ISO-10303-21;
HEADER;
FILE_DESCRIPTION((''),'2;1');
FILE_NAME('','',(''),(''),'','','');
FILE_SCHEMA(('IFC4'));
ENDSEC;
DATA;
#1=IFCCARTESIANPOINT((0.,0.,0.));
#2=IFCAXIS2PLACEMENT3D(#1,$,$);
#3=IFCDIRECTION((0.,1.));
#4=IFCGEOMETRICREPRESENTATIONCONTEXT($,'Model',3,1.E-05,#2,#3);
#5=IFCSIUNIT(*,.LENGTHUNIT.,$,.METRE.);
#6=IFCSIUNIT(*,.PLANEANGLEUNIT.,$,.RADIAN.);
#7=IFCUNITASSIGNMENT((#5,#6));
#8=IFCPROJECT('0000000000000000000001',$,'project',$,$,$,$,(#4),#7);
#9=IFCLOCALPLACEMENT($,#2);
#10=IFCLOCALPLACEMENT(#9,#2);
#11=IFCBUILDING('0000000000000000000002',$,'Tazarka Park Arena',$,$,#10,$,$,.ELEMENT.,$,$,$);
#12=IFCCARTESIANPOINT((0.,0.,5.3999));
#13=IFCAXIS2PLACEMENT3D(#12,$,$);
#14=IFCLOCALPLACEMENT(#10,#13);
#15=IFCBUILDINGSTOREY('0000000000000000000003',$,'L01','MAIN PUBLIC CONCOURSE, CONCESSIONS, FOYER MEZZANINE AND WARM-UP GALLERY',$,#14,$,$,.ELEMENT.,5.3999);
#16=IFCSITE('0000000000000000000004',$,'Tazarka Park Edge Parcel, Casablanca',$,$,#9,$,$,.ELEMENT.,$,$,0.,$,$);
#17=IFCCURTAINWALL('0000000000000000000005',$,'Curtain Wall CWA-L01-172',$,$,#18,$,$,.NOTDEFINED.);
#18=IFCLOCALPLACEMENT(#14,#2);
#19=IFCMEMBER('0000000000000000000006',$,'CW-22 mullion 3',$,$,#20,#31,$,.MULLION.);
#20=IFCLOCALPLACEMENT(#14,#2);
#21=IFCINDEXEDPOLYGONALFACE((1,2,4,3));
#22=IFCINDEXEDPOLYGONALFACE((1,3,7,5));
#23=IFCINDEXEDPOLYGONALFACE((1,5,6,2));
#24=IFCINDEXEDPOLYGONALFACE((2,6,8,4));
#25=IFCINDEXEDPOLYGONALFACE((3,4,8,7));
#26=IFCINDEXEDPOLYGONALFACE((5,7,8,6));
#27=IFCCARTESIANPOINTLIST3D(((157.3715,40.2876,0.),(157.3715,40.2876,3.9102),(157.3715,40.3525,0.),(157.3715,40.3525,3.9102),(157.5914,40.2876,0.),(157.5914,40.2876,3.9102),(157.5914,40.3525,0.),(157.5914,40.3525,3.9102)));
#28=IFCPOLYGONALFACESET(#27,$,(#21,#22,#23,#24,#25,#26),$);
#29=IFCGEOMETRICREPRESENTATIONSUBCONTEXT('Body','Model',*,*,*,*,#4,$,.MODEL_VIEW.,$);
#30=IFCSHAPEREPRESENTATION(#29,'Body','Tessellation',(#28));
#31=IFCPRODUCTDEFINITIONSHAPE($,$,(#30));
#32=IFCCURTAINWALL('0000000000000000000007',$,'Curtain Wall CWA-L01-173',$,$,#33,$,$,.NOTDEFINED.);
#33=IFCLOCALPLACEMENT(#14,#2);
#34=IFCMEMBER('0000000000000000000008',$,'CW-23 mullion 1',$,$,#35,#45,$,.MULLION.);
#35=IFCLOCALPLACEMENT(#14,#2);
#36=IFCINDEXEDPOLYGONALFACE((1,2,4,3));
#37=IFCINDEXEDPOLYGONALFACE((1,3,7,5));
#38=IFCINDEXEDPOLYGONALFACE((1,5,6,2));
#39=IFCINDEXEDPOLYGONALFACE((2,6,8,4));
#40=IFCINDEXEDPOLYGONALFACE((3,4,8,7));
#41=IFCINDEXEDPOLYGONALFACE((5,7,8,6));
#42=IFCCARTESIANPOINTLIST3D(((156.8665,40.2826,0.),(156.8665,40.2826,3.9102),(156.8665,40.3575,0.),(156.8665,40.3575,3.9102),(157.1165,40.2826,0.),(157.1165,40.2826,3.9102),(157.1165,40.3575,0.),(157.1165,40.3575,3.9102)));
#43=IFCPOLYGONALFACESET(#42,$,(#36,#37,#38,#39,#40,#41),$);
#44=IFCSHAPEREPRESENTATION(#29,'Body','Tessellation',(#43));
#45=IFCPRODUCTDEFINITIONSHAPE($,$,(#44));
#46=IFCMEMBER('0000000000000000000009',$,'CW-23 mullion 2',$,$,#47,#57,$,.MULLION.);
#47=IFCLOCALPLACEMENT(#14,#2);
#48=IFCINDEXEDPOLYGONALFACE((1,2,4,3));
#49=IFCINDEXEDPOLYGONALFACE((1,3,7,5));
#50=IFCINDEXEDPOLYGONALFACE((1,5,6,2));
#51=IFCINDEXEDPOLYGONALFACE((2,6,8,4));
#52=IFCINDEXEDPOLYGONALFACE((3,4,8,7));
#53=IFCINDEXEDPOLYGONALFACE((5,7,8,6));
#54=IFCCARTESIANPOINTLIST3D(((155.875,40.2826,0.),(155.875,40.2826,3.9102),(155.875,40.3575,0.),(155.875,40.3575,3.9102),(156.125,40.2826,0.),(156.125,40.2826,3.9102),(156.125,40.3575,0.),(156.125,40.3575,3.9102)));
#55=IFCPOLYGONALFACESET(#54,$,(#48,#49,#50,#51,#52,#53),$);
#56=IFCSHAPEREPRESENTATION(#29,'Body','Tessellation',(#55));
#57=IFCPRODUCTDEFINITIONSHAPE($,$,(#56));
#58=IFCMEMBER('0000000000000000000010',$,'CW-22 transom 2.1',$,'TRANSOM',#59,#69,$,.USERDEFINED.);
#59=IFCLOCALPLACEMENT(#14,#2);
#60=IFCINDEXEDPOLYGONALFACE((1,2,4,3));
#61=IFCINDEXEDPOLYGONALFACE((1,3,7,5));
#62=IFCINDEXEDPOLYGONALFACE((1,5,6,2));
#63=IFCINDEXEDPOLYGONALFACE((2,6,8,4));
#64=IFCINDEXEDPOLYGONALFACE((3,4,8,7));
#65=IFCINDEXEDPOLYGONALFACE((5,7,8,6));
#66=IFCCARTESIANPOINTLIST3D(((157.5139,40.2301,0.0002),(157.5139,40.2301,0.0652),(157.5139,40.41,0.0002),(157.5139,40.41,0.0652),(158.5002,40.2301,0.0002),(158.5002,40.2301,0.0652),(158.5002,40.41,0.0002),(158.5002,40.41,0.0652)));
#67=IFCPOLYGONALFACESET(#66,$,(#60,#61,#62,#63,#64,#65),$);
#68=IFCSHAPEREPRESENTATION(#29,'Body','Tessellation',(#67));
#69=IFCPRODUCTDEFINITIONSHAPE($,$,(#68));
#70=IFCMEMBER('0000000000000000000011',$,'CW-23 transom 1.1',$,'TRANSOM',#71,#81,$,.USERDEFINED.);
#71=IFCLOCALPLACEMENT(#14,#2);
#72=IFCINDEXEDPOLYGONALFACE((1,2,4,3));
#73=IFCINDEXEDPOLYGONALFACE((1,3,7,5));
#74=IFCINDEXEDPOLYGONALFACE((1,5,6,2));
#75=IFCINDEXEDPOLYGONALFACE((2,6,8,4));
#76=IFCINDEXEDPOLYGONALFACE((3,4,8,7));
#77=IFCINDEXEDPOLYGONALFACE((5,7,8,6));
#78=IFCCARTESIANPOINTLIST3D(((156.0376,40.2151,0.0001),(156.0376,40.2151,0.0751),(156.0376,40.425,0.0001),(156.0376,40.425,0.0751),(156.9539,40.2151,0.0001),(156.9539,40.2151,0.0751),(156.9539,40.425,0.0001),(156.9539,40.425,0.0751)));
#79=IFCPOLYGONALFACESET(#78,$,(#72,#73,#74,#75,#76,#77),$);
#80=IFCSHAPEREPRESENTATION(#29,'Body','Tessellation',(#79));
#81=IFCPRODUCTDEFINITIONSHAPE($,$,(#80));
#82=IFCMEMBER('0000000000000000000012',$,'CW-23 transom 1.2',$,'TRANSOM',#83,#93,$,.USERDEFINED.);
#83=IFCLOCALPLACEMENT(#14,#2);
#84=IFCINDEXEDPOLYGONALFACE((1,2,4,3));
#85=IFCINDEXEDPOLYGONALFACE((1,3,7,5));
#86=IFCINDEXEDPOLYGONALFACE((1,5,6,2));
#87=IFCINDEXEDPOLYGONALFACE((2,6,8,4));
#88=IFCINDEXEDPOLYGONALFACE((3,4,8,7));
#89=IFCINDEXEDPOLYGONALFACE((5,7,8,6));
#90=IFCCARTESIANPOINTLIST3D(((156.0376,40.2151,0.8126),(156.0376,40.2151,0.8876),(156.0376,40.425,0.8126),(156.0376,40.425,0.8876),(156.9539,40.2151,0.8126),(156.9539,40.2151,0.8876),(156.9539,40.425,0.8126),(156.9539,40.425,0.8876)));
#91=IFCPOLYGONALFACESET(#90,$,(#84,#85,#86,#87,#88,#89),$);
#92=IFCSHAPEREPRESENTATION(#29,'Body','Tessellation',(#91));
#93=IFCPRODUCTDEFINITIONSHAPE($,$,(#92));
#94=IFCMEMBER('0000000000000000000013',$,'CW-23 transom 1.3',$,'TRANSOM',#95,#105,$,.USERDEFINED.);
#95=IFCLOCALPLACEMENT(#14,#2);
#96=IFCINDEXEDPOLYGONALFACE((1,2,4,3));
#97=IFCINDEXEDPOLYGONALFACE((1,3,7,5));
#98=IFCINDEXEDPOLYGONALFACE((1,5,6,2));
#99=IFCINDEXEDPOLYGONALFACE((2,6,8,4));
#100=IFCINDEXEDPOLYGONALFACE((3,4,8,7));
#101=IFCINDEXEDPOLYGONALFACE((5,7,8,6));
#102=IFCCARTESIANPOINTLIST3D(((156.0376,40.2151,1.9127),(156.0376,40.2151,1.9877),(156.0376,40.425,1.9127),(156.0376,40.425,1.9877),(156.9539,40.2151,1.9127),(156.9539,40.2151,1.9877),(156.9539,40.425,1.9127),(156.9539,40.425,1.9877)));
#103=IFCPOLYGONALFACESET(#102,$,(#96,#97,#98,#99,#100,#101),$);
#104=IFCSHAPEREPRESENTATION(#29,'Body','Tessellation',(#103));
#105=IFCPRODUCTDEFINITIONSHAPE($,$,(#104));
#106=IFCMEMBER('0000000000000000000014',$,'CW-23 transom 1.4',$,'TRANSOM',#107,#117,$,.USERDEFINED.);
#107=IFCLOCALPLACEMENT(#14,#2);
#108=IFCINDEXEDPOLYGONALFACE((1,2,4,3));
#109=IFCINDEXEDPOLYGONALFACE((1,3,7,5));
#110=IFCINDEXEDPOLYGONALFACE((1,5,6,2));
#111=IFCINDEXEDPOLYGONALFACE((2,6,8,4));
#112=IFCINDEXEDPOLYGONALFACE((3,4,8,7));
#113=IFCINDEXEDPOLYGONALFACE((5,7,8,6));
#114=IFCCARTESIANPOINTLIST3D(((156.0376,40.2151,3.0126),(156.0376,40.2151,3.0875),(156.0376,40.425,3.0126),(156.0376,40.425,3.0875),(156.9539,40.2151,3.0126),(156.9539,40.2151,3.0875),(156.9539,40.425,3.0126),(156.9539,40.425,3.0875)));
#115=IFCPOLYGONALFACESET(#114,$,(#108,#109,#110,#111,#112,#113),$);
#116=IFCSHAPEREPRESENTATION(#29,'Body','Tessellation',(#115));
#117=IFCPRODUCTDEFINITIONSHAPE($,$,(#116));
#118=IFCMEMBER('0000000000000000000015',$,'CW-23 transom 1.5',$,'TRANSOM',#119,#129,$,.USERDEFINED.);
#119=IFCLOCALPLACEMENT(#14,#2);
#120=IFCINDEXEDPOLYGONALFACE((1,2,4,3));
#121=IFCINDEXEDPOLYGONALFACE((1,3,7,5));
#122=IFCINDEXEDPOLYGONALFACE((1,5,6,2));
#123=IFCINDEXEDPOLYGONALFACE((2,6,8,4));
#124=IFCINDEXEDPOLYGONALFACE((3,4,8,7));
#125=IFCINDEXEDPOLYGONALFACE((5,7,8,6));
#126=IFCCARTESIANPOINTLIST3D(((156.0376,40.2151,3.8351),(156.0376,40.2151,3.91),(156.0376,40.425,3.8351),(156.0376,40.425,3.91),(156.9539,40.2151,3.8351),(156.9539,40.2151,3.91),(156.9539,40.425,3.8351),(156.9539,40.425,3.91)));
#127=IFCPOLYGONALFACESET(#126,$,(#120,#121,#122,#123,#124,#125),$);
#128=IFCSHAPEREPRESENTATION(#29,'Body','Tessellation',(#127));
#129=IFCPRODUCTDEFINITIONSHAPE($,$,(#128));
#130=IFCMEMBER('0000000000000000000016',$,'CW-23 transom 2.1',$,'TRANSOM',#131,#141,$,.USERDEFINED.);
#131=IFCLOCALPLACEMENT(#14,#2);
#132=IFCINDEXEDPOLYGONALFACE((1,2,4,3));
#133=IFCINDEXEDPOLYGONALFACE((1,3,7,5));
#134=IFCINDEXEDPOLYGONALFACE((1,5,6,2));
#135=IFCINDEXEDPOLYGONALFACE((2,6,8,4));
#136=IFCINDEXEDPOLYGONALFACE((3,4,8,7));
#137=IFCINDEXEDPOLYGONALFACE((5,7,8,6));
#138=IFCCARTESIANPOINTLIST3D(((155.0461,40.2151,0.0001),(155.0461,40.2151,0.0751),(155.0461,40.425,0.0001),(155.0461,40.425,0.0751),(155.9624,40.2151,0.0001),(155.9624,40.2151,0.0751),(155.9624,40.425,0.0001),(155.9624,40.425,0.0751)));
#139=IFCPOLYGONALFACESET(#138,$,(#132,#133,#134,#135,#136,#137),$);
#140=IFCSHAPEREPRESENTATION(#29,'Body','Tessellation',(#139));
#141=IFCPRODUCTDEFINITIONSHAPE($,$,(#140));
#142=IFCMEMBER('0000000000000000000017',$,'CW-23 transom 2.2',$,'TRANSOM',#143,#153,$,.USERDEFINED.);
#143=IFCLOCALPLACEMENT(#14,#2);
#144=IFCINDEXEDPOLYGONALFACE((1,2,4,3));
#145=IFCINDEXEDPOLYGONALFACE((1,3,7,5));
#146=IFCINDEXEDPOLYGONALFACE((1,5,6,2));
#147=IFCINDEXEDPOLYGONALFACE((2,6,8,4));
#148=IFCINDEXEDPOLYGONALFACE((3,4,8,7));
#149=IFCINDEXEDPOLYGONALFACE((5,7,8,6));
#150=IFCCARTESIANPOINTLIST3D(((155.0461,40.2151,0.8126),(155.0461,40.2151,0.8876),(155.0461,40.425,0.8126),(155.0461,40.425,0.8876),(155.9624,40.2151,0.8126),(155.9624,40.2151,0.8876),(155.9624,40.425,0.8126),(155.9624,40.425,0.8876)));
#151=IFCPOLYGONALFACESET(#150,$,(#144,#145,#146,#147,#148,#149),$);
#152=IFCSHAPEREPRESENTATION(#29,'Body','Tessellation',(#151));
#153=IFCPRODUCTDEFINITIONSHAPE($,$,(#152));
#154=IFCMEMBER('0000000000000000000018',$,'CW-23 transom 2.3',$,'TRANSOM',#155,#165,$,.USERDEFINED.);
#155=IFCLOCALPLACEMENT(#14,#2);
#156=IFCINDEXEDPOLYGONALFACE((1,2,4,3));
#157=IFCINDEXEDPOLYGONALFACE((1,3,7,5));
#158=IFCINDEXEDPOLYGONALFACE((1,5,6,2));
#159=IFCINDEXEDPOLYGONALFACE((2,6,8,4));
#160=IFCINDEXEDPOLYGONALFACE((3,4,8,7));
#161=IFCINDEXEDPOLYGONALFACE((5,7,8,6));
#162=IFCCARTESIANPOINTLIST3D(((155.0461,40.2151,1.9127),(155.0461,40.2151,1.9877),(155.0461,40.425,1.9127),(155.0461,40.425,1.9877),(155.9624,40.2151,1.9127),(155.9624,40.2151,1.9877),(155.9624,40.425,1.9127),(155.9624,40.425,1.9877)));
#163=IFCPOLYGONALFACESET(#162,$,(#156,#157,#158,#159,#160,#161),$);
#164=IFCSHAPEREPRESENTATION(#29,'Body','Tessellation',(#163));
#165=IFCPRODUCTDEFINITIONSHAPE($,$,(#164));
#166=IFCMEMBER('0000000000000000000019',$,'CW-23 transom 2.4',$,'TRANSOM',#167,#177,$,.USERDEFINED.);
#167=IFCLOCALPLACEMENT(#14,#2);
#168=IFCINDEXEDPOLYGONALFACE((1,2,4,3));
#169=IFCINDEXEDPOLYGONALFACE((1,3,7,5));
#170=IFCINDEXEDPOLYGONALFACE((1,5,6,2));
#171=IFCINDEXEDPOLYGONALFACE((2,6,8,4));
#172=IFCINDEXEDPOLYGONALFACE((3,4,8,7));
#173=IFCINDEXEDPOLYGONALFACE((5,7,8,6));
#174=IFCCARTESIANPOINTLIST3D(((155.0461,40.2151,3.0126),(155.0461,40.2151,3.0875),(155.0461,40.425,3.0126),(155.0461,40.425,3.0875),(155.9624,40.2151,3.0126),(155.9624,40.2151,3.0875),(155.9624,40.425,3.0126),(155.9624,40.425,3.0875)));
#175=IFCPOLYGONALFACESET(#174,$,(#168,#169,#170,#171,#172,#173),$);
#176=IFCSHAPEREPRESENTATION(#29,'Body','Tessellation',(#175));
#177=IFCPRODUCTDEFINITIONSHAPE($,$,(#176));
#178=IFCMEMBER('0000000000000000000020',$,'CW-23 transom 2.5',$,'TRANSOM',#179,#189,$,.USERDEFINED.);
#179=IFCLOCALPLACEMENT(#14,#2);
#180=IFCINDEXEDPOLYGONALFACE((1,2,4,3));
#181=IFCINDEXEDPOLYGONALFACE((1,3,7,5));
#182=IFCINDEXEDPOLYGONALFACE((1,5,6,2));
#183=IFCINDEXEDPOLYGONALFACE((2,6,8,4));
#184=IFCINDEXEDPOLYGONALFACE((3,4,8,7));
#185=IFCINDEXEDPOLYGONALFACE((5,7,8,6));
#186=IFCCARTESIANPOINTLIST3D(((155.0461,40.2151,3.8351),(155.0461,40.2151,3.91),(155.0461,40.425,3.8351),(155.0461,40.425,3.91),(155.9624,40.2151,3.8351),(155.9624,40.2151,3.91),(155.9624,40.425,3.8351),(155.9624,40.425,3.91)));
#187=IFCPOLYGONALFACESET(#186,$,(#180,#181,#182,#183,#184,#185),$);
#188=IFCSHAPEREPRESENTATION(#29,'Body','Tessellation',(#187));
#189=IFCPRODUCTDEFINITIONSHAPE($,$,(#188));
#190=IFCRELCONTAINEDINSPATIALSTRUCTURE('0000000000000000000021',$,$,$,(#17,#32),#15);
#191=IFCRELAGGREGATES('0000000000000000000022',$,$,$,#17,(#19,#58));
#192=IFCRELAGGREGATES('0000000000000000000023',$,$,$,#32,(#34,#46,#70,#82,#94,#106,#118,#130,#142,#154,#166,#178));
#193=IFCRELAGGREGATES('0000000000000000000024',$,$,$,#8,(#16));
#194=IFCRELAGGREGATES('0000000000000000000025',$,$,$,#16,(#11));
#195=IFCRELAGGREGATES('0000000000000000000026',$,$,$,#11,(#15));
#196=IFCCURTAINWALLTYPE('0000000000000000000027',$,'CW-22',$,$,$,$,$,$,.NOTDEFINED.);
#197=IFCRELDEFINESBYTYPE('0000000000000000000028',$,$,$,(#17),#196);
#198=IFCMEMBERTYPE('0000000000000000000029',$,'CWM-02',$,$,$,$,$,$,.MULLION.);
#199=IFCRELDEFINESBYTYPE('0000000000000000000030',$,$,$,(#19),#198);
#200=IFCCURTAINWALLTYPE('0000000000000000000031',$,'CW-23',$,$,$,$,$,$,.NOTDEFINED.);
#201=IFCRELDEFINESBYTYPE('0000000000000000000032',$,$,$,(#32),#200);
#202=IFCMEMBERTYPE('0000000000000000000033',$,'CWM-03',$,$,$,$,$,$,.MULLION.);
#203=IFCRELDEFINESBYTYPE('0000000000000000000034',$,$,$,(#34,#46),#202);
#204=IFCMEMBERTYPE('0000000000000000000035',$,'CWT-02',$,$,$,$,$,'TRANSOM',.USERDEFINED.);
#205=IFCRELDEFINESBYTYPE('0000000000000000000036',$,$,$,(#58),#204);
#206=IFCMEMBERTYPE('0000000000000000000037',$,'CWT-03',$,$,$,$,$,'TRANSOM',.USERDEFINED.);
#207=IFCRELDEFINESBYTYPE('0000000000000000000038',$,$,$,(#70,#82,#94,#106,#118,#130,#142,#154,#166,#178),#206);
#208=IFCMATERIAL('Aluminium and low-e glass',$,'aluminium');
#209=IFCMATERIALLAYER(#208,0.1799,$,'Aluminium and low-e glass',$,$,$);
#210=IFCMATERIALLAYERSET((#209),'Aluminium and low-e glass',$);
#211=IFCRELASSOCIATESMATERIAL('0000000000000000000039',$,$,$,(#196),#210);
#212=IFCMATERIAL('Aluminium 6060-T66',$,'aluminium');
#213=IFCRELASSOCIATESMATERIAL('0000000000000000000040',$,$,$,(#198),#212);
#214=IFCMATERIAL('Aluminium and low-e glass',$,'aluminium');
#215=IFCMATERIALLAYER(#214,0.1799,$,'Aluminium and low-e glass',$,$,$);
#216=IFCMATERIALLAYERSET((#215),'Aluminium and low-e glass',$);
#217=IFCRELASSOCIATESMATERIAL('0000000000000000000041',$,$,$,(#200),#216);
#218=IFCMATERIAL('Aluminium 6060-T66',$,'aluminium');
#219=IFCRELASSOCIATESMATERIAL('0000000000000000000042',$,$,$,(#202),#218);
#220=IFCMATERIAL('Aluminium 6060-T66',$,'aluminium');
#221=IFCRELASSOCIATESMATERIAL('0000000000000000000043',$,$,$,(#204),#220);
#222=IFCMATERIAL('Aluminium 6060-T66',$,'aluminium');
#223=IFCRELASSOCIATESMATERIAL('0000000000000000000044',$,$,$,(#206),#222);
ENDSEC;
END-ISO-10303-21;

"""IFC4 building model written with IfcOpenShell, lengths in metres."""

from ifc_helpers import new_model, si_unit, direction, frame, origin, origin_2d, place, context, subcontext, project, spatial, rectangle, extrude, material, layer, layer_set, material_profile, profile_set, type_object, element, aggregate, save


model = new_model("IFC4")

# Units and contexts
model_context = context("Model", 3, precision=1e-05, world=origin(), true_north=direction((0.0, 1.0)))
body_context = subcontext(model_context, "Body", "Model", "MODEL_VIEW")
ifc_project = project(units=[si_unit("LENGTHUNIT", "METRE"), si_unit("PLANEANGLEUNIT", "RADIAN")], contexts=[model_context])

# Site, building, storey
site_placement = place(None, origin())
site = spatial("IfcSite", under=ifc_project, at=site_placement, Name="Tazarka Park Edge Parcel, Casablanca", CompositionType="ELEMENT", RefElevation=0.0)
building_placement = place(site_placement, origin())
building = spatial("IfcBuilding", under=site, at=building_placement, Name="Tazarka Park Arena", CompositionType="ELEMENT")
storey_placement = place(building_placement, frame((0.0, 0.0, 5.3999)))
storey = spatial("IfcBuildingStorey", under=building, at=storey_placement, Name="L01", Description="MAIN PUBLIC CONCOURSE, CONCESSIONS, FOYER MEZZANINE AND WARM-UP GALLERY", CompositionType="ELEMENT", Elevation=5.3999)

# Curtain wall, member
ifc_material_1 = material(Name="Aluminium and low-e glass", Category="aluminium")
ifc_layer_1 = layer(ifc_material_1, 0.1799, Name="Aluminium and low-e glass")
ifc_layer_set_1 = layer_set([ifc_layer_1], Name="Aluminium and low-e glass")
curtain_wall_type_1 = type_object("IfcCurtainWallType", Name="CW-22", PredefinedType="NOTDEFINED", material=ifc_layer_set_1)
curtain_wall_1_placement = place(storey_placement, origin())
curtain_wall_1 = element("IfcCurtainWall", 1, at=curtain_wall_1_placement, inside=storey, type_object=curtain_wall_type_1, Name="Curtain Wall CWA-L01-172", PredefinedType="NOTDEFINED")
ifc_material_2 = material(Name="Aluminium 6060-T66", Category="aluminium")
ifc_material_profile_1 = material_profile(ifc_material_2, rectangle(XDim=0.0649, YDim=0.22, at=origin_2d()), Name="Aluminium 6060-T66")
ifc_profile_set_1 = profile_set([ifc_material_profile_1], Name="Aluminium 6060-T66")
member_type_1 = type_object("IfcMemberType", Name="CWM-02", PredefinedType="MULLION", material=ifc_profile_set_1)
member_1_placement = place(storey_placement, frame((157.4814, 40.3201, 0.0), z_axis=(0.0, 0.0, 1.0), x_axis=(0.0, -1.0, 0.0)))
member_1 = element("IfcMember", 2, at=member_1_placement, type_object=member_type_1, Name="CW-22 mullion 3", PredefinedType="MULLION", context=body_context, shape_type="SweptSolid", body=[
    extrude(rectangle(XDim=0.0649, YDim=0.22, at=origin_2d()), origin(), (0.0, 0.0, 1.0), 3.9102),
])

# Curtain wall, members
ifc_material_3 = material(Name="Aluminium and low-e glass", Category="aluminium")
ifc_layer_2 = layer(ifc_material_3, 0.1799, Name="Aluminium and low-e glass")
ifc_layer_set_2 = layer_set([ifc_layer_2], Name="Aluminium and low-e glass")
curtain_wall_type_2 = type_object("IfcCurtainWallType", Name="CW-23", PredefinedType="NOTDEFINED", material=ifc_layer_set_2)
curtain_wall_2_placement = place(storey_placement, origin())
curtain_wall_2 = element("IfcCurtainWall", 3, at=curtain_wall_2_placement, inside=storey, type_object=curtain_wall_type_2, Name="Curtain Wall CWA-L01-173", PredefinedType="NOTDEFINED")
ifc_material_4 = material(Name="Aluminium 6060-T66", Category="aluminium")
ifc_material_profile_2 = material_profile(ifc_material_4, rectangle(XDim=0.075, YDim=0.25, at=origin_2d()), Name="Aluminium 6060-T66")
ifc_profile_set_2 = profile_set([ifc_material_profile_2], Name="Aluminium 6060-T66")
member_type_2 = type_object("IfcMemberType", Name="CWM-03", PredefinedType="MULLION", material=ifc_profile_set_2)
member_2_placement = place(storey_placement, frame((156.9915, 40.3201, 0.0), z_axis=(0.0, 0.0, 1.0), x_axis=(0.0, -1.0, 0.0)))
member_2 = element("IfcMember", 4, at=member_2_placement, type_object=member_type_2, Name="CW-23 mullion 1", PredefinedType="MULLION", context=body_context, shape_type="SweptSolid", body=[
    extrude(rectangle(XDim=0.075, YDim=0.25, at=origin_2d()), origin(), (0.0, 0.0, 1.0), 3.9102),
])
member_3_placement = place(storey_placement, frame((156.0, 40.3201, 0.0), z_axis=(0.0, 0.0, 1.0), x_axis=(0.0, -1.0, 0.0)))
member_3 = element("IfcMember", 5, at=member_3_placement, type_object=member_type_2, Name="CW-23 mullion 2", PredefinedType="MULLION", context=body_context, shape_type="SweptSolid", body=[
    extrude(rectangle(XDim=0.075, YDim=0.25, at=origin_2d()), origin(), (0.0, 0.0, 1.0), 3.9102),
])

# Members
ifc_material_5 = material(Name="Aluminium 6060-T66", Category="aluminium")
ifc_material_profile_3 = material_profile(ifc_material_5, rectangle(XDim=0.1799, YDim=0.0649, at=origin_2d()), Name="Aluminium 6060-T66")
ifc_profile_set_3 = profile_set([ifc_material_profile_3], Name="Aluminium 6060-T66")
member_type_3 = type_object("IfcMemberType", Name="CWT-02", ElementType="TRANSOM", PredefinedType="USERDEFINED", material=ifc_profile_set_3)
member_4_placement = place(storey_placement, frame((158.5002, 40.3201, 0.0327), z_axis=(-1.0, 0.0, 0.0), x_axis=(0.0, -1.0, 0.0)))
member_4 = element("IfcMember", 6, at=member_4_placement, type_object=member_type_3, Name="CW-22 transom 2.1", ObjectType="TRANSOM", PredefinedType="USERDEFINED", context=body_context, shape_type="SweptSolid", body=[
    extrude(rectangle(XDim=0.1799, YDim=0.0649, at=origin_2d()), origin(), (0.0, 0.0, 1.0), 0.9863),
])
ifc_material_6 = material(Name="Aluminium 6060-T66", Category="aluminium")
ifc_material_profile_4 = material_profile(ifc_material_6, rectangle(XDim=0.21, YDim=0.075, at=origin_2d()), Name="Aluminium 6060-T66")
ifc_profile_set_4 = profile_set([ifc_material_profile_4], Name="Aluminium 6060-T66")
member_type_4 = type_object("IfcMemberType", Name="CWT-03", ElementType="TRANSOM", PredefinedType="USERDEFINED", material=ifc_profile_set_4)
member_5_placement = place(storey_placement, frame((156.9539, 40.3201, 0.0376), z_axis=(-1.0, 0.0, 0.0), x_axis=(0.0, -1.0, 0.0)))
member_5 = element("IfcMember", 7, at=member_5_placement, type_object=member_type_4, Name="CW-23 transom 1.1", ObjectType="TRANSOM", PredefinedType="USERDEFINED", context=body_context, shape_type="SweptSolid", body=[
    extrude(rectangle(XDim=0.21, YDim=0.075, at=origin_2d()), origin(), (0.0, 0.0, 1.0), 0.9163),
])
member_6_placement = place(storey_placement, frame((156.9539, 40.3201, 0.8501), z_axis=(-1.0, 0.0, 0.0), x_axis=(0.0, -1.0, 0.0)))
member_6 = element("IfcMember", 8, at=member_6_placement, type_object=member_type_4, Name="CW-23 transom 1.2", ObjectType="TRANSOM", PredefinedType="USERDEFINED", context=body_context, shape_type="SweptSolid", body=[
    extrude(rectangle(XDim=0.21, YDim=0.075, at=origin_2d()), origin(), (0.0, 0.0, 1.0), 0.9163),
])
member_7_placement = place(storey_placement, frame((156.9539, 40.3201, 1.9502), z_axis=(-1.0, 0.0, 0.0), x_axis=(0.0, -1.0, 0.0)))
member_7 = element("IfcMember", 9, at=member_7_placement, type_object=member_type_4, Name="CW-23 transom 1.3", ObjectType="TRANSOM", PredefinedType="USERDEFINED", context=body_context, shape_type="SweptSolid", body=[
    extrude(rectangle(XDim=0.21, YDim=0.075, at=origin_2d()), origin(), (0.0, 0.0, 1.0), 0.9163),
])
member_8_placement = place(storey_placement, frame((156.9539, 40.3201, 3.05), z_axis=(-1.0, 0.0, 0.0), x_axis=(0.0, -1.0, 0.0)))
member_8 = element("IfcMember", 10, at=member_8_placement, type_object=member_type_4, Name="CW-23 transom 1.4", ObjectType="TRANSOM", PredefinedType="USERDEFINED", context=body_context, shape_type="SweptSolid", body=[
    extrude(rectangle(XDim=0.21, YDim=0.075, at=origin_2d()), origin(), (0.0, 0.0, 1.0), 0.9163),
])
member_9_placement = place(storey_placement, frame((156.9539, 40.3201, 3.8726), z_axis=(-1.0, 0.0, 0.0), x_axis=(0.0, -1.0, 0.0)))
member_9 = element("IfcMember", 11, at=member_9_placement, type_object=member_type_4, Name="CW-23 transom 1.5", ObjectType="TRANSOM", PredefinedType="USERDEFINED", context=body_context, shape_type="SweptSolid", body=[
    extrude(rectangle(XDim=0.21, YDim=0.075, at=origin_2d()), origin(), (0.0, 0.0, 1.0), 0.9163),
])
member_10_placement = place(storey_placement, frame((155.9624, 40.3201, 0.0376), z_axis=(-1.0, 0.0, 0.0), x_axis=(0.0, -1.0, 0.0)))
member_10 = element("IfcMember", 12, at=member_10_placement, type_object=member_type_4, Name="CW-23 transom 2.1", ObjectType="TRANSOM", PredefinedType="USERDEFINED", context=body_context, shape_type="SweptSolid", body=[
    extrude(rectangle(XDim=0.21, YDim=0.075, at=origin_2d()), origin(), (0.0, 0.0, 1.0), 0.9163),
])
member_11_placement = place(storey_placement, frame((155.9624, 40.3201, 0.8501), z_axis=(-1.0, 0.0, 0.0), x_axis=(0.0, -1.0, 0.0)))
member_11 = element("IfcMember", 13, at=member_11_placement, type_object=member_type_4, Name="CW-23 transom 2.2", ObjectType="TRANSOM", PredefinedType="USERDEFINED", context=body_context, shape_type="SweptSolid", body=[
    extrude(rectangle(XDim=0.21, YDim=0.075, at=origin_2d()), origin(), (0.0, 0.0, 1.0), 0.9163),
])
member_12_placement = place(storey_placement, frame((155.9624, 40.3201, 1.9502), z_axis=(-1.0, 0.0, 0.0), x_axis=(0.0, -1.0, 0.0)))
member_12 = element("IfcMember", 14, at=member_12_placement, type_object=member_type_4, Name="CW-23 transom 2.3", ObjectType="TRANSOM", PredefinedType="USERDEFINED", context=body_context, shape_type="SweptSolid", body=[
    extrude(rectangle(XDim=0.21, YDim=0.075, at=origin_2d()), origin(), (0.0, 0.0, 1.0), 0.9163),
])
member_13_placement = place(storey_placement, frame((155.9624, 40.3201, 3.05), z_axis=(-1.0, 0.0, 0.0), x_axis=(0.0, -1.0, 0.0)))
member_13 = element("IfcMember", 15, at=member_13_placement, type_object=member_type_4, Name="CW-23 transom 2.4", ObjectType="TRANSOM", PredefinedType="USERDEFINED", context=body_context, shape_type="SweptSolid", body=[
    extrude(rectangle(XDim=0.21, YDim=0.075, at=origin_2d()), origin(), (0.0, 0.0, 1.0), 0.9163),
])
member_14_placement = place(storey_placement, frame((155.9624, 40.3201, 3.8726), z_axis=(-1.0, 0.0, 0.0), x_axis=(0.0, -1.0, 0.0)))
member_14 = element("IfcMember", 16, at=member_14_placement, type_object=member_type_4, Name="CW-23 transom 2.5", ObjectType="TRANSOM", PredefinedType="USERDEFINED", context=body_context, shape_type="SweptSolid", body=[
    extrude(rectangle(XDim=0.21, YDim=0.075, at=origin_2d()), origin(), (0.0, 0.0, 1.0), 0.9163),
])

aggregate(curtain_wall_1, [member_1, member_4])
aggregate(curtain_wall_2, [member_2, member_3, member_5, member_6, member_7, member_8, member_9, member_10, member_11, member_12, member_13, member_14])

save(model, "model.ifc")
